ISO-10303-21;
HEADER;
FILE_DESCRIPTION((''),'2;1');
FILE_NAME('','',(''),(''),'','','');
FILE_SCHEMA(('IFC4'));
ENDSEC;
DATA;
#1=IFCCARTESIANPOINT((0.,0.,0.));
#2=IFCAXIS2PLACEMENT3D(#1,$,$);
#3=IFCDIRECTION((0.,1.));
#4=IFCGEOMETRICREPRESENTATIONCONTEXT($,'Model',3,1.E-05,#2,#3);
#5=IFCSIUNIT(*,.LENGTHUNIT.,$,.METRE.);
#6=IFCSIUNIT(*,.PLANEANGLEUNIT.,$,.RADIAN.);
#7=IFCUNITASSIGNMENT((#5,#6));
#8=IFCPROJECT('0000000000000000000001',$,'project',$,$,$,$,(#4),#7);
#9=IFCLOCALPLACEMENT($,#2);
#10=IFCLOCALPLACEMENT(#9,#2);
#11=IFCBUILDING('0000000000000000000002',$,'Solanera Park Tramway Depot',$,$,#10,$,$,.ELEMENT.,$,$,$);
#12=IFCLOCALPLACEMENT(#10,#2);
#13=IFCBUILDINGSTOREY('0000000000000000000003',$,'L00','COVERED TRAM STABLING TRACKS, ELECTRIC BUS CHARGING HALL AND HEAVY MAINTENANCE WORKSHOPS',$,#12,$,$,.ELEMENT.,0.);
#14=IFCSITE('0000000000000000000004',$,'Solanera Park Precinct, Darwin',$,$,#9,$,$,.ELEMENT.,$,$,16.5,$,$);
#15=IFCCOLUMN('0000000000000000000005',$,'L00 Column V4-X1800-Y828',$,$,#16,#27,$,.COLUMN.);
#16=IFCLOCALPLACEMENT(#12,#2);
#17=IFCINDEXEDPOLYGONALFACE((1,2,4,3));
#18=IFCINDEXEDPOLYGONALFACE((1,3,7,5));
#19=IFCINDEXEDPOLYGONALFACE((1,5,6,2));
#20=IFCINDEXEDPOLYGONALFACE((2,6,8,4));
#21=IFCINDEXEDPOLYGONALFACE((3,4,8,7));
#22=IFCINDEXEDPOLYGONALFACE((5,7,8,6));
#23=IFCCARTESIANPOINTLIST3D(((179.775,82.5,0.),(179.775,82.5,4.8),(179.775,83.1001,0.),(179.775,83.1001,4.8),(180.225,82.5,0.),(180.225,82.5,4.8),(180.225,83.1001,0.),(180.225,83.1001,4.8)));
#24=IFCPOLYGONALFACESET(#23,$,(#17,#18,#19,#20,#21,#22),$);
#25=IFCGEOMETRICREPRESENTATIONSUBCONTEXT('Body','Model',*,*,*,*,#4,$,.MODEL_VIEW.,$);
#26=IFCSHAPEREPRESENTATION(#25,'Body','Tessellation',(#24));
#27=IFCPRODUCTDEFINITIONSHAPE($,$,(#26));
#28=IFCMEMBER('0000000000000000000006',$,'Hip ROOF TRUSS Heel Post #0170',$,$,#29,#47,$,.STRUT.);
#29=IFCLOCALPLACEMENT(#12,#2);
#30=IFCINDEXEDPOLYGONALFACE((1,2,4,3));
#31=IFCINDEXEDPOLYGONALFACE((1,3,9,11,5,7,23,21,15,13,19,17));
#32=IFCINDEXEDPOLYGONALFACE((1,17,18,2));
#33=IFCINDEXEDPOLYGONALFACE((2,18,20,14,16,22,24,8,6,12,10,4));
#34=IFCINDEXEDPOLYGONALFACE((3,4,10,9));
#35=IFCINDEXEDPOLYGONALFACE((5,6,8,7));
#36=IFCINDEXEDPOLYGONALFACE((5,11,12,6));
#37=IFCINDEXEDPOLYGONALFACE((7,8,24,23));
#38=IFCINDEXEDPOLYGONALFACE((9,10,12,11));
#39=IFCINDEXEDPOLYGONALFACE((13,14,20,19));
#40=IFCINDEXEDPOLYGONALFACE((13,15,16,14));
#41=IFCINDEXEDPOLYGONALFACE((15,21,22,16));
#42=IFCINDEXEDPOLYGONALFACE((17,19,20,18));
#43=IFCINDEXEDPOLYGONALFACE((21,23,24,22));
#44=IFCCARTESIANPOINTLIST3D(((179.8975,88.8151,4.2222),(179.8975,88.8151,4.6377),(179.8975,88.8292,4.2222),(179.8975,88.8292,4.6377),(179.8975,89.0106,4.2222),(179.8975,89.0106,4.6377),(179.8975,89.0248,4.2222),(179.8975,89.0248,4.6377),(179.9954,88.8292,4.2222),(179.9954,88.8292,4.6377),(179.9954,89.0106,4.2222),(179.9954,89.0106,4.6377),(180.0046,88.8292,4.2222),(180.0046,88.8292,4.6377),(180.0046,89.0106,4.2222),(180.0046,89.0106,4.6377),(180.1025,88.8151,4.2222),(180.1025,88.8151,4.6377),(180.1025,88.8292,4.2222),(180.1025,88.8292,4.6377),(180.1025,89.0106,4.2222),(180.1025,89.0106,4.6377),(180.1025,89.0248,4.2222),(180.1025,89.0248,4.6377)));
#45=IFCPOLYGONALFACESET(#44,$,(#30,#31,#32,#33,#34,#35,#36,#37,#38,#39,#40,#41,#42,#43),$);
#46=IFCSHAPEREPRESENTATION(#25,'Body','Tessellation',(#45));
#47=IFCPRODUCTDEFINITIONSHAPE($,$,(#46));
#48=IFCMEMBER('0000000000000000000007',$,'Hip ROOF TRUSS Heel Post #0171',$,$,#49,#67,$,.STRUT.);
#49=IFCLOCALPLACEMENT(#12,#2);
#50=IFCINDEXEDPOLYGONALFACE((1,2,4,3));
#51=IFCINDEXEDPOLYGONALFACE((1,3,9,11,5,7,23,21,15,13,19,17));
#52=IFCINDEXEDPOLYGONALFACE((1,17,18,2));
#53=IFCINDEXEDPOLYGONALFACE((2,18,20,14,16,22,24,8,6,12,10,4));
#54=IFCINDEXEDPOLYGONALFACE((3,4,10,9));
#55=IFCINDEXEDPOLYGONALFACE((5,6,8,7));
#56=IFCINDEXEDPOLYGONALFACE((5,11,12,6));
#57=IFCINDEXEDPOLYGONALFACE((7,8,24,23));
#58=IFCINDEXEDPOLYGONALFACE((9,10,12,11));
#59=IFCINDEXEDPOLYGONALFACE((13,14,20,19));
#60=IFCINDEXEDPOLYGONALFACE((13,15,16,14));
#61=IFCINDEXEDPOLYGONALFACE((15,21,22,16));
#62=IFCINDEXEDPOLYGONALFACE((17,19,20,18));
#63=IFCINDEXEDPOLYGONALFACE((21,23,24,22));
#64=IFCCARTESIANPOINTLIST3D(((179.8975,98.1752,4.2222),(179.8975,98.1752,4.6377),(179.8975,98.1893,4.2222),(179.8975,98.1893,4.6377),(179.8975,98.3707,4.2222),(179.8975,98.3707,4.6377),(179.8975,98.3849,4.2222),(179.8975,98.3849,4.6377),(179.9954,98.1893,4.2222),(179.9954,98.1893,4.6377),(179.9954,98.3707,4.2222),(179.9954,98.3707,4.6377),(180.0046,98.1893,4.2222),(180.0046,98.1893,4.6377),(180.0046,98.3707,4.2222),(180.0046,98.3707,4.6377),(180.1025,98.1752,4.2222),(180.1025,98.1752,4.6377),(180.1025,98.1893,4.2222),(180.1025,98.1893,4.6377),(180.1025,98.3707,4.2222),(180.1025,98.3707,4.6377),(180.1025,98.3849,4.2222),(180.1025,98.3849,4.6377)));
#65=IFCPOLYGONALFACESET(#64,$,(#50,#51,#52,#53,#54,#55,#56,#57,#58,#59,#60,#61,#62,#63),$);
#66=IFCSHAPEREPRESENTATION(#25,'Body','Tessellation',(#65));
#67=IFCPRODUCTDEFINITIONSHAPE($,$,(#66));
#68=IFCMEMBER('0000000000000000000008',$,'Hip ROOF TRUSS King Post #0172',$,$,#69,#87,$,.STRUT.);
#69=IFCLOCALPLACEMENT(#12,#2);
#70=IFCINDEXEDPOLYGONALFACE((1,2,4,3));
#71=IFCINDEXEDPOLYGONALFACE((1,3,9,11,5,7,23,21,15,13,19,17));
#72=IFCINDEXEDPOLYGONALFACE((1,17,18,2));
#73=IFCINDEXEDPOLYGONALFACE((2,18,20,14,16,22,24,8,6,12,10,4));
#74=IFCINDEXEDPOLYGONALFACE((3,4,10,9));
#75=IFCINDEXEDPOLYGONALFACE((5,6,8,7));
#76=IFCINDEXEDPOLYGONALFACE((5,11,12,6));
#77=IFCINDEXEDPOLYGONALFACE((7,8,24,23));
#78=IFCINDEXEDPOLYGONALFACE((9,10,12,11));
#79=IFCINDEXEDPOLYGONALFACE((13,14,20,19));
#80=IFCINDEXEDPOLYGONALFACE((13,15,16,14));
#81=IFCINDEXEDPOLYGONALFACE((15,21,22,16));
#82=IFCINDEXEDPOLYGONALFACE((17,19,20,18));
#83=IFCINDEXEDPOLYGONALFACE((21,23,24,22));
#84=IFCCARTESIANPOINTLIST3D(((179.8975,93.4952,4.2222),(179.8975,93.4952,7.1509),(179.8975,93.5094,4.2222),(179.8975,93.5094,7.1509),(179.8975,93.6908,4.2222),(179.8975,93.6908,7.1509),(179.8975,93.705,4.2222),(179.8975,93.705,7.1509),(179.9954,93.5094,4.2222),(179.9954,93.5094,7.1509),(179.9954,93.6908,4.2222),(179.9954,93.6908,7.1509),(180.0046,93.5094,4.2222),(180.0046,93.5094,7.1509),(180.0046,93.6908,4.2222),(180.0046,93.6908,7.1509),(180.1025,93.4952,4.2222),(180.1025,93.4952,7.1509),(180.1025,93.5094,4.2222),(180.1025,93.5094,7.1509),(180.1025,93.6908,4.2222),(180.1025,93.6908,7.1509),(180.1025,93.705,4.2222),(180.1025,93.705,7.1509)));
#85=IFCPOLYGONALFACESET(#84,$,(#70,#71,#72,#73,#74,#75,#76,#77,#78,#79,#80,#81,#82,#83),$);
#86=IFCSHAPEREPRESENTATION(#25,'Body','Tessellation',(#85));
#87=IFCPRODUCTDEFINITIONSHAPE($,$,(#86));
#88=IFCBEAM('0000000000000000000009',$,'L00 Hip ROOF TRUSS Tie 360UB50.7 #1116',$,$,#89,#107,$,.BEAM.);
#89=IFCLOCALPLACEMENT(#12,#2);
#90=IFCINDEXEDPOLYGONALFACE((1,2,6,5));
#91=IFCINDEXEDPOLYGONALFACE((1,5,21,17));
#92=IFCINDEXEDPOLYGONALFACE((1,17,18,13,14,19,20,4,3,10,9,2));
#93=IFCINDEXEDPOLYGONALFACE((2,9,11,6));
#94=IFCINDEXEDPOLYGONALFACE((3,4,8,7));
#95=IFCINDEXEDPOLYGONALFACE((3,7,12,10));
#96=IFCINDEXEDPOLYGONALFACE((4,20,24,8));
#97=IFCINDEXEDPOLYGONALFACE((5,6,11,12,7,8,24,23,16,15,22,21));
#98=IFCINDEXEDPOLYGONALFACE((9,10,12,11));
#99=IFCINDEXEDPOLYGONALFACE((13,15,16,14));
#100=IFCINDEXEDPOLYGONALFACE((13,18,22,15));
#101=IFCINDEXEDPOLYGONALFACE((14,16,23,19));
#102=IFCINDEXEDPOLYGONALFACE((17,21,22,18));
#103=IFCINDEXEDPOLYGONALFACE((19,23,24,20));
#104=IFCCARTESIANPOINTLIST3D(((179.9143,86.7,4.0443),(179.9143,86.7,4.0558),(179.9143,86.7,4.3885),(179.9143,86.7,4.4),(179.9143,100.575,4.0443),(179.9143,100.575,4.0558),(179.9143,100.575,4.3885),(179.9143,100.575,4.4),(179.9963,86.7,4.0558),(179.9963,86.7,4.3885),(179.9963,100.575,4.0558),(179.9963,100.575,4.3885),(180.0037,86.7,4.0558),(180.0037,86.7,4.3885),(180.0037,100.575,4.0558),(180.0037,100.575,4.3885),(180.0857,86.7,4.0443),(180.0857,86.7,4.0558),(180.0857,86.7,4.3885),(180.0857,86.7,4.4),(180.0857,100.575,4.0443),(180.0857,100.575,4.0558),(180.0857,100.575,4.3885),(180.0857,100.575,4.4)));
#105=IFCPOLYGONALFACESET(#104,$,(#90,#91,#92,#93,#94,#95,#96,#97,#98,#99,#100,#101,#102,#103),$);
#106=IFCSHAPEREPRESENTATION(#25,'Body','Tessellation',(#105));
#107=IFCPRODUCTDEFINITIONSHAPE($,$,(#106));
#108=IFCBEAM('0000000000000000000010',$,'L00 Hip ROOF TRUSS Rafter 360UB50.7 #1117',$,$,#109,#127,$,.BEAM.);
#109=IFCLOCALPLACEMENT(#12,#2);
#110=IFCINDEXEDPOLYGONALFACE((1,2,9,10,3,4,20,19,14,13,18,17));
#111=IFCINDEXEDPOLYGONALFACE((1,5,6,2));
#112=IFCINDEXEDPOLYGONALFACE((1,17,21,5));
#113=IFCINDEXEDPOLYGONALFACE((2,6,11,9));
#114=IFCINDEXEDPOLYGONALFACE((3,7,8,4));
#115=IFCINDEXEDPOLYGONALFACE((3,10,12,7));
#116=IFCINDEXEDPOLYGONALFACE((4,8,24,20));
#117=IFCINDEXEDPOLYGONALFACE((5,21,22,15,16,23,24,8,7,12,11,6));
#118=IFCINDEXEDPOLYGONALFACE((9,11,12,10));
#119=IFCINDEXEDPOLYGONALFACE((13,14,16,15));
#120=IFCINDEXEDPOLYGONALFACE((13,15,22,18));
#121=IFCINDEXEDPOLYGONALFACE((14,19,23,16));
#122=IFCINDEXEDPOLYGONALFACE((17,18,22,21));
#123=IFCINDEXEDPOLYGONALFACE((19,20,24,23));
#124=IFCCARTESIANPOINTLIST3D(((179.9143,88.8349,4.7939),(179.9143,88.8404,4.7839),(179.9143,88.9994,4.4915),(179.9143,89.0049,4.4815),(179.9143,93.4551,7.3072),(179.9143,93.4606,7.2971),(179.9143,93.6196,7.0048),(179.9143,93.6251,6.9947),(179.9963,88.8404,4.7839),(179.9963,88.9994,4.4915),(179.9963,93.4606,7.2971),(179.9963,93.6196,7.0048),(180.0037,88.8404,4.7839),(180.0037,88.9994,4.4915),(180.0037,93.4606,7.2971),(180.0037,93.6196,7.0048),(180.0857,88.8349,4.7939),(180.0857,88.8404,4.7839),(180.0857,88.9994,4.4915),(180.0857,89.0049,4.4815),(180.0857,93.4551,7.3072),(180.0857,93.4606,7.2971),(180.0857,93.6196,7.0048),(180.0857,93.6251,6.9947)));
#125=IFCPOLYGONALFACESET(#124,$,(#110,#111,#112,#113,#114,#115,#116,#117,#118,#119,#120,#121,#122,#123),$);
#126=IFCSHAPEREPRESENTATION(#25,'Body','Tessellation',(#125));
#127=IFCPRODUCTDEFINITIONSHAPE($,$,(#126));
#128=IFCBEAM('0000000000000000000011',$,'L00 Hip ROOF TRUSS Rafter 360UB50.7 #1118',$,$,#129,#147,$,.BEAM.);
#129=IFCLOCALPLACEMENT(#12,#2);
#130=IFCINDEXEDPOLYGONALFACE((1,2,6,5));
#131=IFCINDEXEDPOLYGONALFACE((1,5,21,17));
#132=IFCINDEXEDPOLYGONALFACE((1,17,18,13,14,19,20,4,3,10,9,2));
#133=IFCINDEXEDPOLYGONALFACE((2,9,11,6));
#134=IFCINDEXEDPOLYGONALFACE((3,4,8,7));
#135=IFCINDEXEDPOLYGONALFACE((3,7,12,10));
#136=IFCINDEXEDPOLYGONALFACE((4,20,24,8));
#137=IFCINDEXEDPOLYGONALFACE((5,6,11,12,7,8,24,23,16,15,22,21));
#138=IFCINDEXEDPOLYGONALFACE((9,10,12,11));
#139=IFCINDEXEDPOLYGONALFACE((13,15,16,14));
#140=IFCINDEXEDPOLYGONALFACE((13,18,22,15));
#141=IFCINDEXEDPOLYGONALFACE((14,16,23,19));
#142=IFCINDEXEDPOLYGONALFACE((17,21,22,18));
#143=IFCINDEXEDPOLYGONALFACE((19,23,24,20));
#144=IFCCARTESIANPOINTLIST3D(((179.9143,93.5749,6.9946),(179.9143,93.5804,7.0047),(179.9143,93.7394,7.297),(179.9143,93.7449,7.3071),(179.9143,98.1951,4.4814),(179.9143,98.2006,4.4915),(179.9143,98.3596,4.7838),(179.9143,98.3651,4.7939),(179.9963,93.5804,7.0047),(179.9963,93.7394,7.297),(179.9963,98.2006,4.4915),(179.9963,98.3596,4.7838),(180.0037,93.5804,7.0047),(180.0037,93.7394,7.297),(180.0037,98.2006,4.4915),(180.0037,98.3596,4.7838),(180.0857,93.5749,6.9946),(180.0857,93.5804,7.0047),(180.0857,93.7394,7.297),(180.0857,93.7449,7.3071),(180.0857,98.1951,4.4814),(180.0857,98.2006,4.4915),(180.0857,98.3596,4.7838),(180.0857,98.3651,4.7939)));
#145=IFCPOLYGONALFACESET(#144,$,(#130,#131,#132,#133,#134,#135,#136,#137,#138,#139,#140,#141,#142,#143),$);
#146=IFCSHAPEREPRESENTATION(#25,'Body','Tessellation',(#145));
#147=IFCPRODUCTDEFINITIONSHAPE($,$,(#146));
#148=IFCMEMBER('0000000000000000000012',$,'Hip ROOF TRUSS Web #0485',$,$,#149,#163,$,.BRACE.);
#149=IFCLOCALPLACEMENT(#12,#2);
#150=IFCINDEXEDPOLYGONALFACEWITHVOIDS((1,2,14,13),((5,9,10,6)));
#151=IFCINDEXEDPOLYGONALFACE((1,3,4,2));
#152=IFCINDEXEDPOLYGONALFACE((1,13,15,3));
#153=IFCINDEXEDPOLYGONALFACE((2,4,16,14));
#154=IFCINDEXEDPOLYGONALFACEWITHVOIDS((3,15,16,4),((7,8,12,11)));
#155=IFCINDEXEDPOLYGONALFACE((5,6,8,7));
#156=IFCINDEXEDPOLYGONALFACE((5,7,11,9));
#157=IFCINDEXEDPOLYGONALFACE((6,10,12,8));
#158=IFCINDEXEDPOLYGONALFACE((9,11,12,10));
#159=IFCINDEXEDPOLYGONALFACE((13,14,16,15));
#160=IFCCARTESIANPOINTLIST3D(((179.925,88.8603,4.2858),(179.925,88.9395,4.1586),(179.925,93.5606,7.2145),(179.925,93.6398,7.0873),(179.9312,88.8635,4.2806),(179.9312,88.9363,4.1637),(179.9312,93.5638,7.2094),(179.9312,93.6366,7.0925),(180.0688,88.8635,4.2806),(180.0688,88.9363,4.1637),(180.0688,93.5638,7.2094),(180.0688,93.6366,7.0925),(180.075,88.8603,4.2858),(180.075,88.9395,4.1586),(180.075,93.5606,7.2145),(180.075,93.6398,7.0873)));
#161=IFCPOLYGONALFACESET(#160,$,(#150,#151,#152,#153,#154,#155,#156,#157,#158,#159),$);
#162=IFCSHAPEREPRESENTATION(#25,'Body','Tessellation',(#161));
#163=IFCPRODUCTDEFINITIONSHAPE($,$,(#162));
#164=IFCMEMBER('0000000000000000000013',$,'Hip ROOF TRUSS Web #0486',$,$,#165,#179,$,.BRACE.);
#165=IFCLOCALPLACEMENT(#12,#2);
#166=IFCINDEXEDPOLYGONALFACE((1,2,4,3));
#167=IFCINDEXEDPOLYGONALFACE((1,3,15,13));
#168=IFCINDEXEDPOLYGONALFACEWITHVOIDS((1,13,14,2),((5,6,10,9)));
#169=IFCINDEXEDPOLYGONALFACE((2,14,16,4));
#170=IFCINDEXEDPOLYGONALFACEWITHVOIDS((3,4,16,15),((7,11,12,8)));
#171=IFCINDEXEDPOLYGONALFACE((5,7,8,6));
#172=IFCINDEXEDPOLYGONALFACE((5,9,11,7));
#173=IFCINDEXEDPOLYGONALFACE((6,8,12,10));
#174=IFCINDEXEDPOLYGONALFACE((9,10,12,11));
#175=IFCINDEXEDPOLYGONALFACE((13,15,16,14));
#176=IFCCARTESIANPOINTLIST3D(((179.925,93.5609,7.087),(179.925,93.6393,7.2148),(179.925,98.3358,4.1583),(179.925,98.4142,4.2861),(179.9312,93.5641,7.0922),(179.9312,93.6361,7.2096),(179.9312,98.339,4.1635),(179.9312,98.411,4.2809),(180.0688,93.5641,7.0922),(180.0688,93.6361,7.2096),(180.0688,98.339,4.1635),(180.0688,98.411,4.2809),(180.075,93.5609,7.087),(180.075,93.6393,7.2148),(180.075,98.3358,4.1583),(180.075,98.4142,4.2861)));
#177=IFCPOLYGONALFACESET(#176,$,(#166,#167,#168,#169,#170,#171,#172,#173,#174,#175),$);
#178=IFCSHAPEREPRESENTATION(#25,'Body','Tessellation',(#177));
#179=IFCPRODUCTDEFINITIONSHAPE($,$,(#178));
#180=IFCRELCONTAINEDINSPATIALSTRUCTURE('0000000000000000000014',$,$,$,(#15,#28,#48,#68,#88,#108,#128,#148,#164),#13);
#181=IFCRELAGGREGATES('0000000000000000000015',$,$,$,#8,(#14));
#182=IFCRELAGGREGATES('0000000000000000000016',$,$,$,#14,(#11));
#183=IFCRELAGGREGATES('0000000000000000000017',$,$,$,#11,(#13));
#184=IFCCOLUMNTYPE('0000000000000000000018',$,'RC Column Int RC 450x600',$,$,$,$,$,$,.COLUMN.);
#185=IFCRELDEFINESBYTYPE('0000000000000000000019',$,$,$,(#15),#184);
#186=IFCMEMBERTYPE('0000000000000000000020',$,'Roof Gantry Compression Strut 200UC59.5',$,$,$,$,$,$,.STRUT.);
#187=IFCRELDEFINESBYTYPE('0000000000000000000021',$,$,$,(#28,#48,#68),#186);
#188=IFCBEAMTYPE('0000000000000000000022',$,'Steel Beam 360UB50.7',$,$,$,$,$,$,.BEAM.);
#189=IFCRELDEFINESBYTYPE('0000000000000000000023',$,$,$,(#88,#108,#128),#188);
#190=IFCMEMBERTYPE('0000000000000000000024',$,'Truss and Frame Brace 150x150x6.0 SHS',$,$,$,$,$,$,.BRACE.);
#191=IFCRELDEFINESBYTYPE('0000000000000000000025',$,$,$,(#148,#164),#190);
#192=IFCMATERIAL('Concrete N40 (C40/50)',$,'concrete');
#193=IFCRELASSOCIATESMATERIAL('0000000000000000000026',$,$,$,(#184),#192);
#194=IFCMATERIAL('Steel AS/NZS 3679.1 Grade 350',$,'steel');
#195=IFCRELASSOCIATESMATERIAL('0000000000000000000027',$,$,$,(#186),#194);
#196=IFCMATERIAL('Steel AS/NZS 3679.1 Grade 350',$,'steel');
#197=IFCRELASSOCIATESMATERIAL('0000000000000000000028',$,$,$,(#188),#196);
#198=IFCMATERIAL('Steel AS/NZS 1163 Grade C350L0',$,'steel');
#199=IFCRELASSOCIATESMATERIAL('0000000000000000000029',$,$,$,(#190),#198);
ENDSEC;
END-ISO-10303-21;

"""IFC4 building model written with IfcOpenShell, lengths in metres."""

from ifc_helpers import new_model, si_unit, direction, frame, origin, origin_2d, place, context, subcontext, project, spatial, rectangle, hollow_rectangle, i_section, extrude, material, material_profile, profile_set, type_object, element, save


model = new_model("IFC4")

# Units and contexts
model_context = context("Model", 3, precision=1e-05, world=origin(), true_north=direction((0.0, 1.0)))
body_context = subcontext(model_context, "Body", "Model", "MODEL_VIEW")
ifc_project = project(units=[si_unit("LENGTHUNIT", "METRE"), si_unit("PLANEANGLEUNIT", "RADIAN")], contexts=[model_context])

# Site, building, storey
site_placement = place(None, origin())
site = spatial("IfcSite", under=ifc_project, at=site_placement, Name="Solanera Park Precinct, Darwin", CompositionType="ELEMENT", RefElevation=16.5)
building_placement = place(site_placement, origin())
building = spatial("IfcBuilding", under=site, at=building_placement, Name="Solanera Park Tramway Depot", CompositionType="ELEMENT")
storey_placement = place(building_placement, origin())
storey = spatial("IfcBuildingStorey", under=building, at=storey_placement, Name="L00", Description="COVERED TRAM STABLING TRACKS, ELECTRIC BUS CHARGING HALL AND HEAVY MAINTENANCE WORKSHOPS", CompositionType="ELEMENT", Elevation=0.0)

# Column
ifc_material_1 = material(Name="Concrete N40 (C40/50)", Category="concrete")
ifc_material_profile_1 = material_profile(ifc_material_1, rectangle(XDim=0.45, YDim=0.6001, at=origin_2d()), Name="RC 450x600")
ifc_profile_set_1 = profile_set([ifc_material_profile_1], Name="Concrete N40 (C40/50)")
column_type_1 = type_object("IfcColumnType", Name="RC Column Int RC 450x600", PredefinedType="COLUMN", material=ifc_profile_set_1)
column_1_placement = place(storey_placement, frame((180.0, 82.8, 0.0), z_axis=(0.0, 0.0, 1.0), x_axis=(1.0, 0.0, 0.0)))
element("IfcColumn", 1, at=column_1_placement, inside=storey, type_object=column_type_1, Name="L00 Column V4-X1800-Y828", PredefinedType="COLUMN", context=body_context, shape_type="SweptSolid", body=[
    extrude(rectangle(XDim=0.45, YDim=0.6001, at=origin_2d()), origin(), (0.0, 0.0, 1.0), 4.8),
])

# Members
ifc_material_2 = material(Name="Steel AS/NZS 3679.1 Grade 350", Category="steel")
ifc_material_profile_2 = material_profile(ifc_material_2, i_section(OverallWidth=0.2051, OverallDepth=0.2097, WebThickness=0.0093, FlangeThickness=0.0142, at=origin_2d()), Name="200UC59.5")
ifc_profile_set_2 = profile_set([ifc_material_profile_2], Name="Steel AS/NZS 3679.1 Grade 350")
member_type_1 = type_object("IfcMemberType", Name="Roof Gantry Compression Strut 200UC59.5", PredefinedType="STRUT", material=ifc_profile_set_2)
for number, where, z_axis, x_axis, name in (
    (2, (180.0, 88.9199, 4.2222), (0.0, 0.0, 1.0), (1.0, 0.0, 0.0), "Hip ROOF TRUSS Heel Post #0170"),
    (3, (180.0, 98.28, 4.2222), (0.0, 0.0, 1.0), (1.0, 0.0, 0.0), "Hip ROOF TRUSS Heel Post #0171"),
):
    element("IfcMember", number, at=place(storey_placement, frame(where, z_axis=z_axis, x_axis=x_axis)), inside=storey, type_object=member_type_1, Name=name, PredefinedType="STRUT", context=body_context, shape_type="SweptSolid", body=[
        extrude(i_section(OverallWidth=0.2051, OverallDepth=0.2097, WebThickness=0.0093, FlangeThickness=0.0142, at=origin_2d()), origin(), (0.0, 0.0, 1.0), 0.4155),
    ])
member_1_placement = place(storey_placement, frame((180.0, 93.6001, 4.2222), z_axis=(0.0, 0.0, 1.0), x_axis=(1.0, 0.0, 0.0)))
element("IfcMember", 4, at=member_1_placement, inside=storey, type_object=member_type_1, Name="Hip ROOF TRUSS King Post #0172", PredefinedType="STRUT", context=body_context, shape_type="SweptSolid", body=[
    extrude(i_section(OverallWidth=0.2051, OverallDepth=0.2097, WebThickness=0.0093, FlangeThickness=0.0142, at=origin_2d()), origin(), (0.0, 0.0, 1.0), 2.9287),
])

# Beams
ifc_material_3 = material(Name="Steel AS/NZS 3679.1 Grade 350", Category="steel")
ifc_material_profile_3 = material_profile(ifc_material_3, i_section(OverallWidth=0.1714, OverallDepth=0.3557, WebThickness=0.0073, FlangeThickness=0.0115, at=origin_2d()), Name="360UB50.7")
ifc_profile_set_3 = profile_set([ifc_material_profile_3], Name="Steel AS/NZS 3679.1 Grade 350")
beam_type = type_object("IfcBeamType", Name="Steel Beam 360UB50.7", PredefinedType="BEAM", material=ifc_profile_set_3)
beam_placement = place(storey_placement, frame((180.0, 86.7, 4.2222), z_axis=(0.0, 1.0, 0.0), x_axis=(-1.0, 0.0, 0.0)))
element("IfcBeam", 5, at=beam_placement, inside=storey, type_object=beam_type, Name="L00 Hip ROOF TRUSS Tie 360UB50.7 #1116", PredefinedType="BEAM", context=body_context, shape_type="SweptSolid", body=[
    extrude(i_section(OverallWidth=0.1714, OverallDepth=0.3557, WebThickness=0.0073, FlangeThickness=0.0115, at=origin_2d()), origin(), (0.0, 0.0, 1.0), 13.875),
])
for number, where, z_axis, x_axis, name in (
    (6, (180.0, 88.9199, 4.6377), (0.0, 0.878445, 0.477844), (-1.0, 0.0, 0.0), "L00 Hip ROOF TRUSS Rafter 360UB50.7 #1117"),
    (7, (180.0, 93.6599, 7.1509), (0.0, 0.878445, -0.477844), (-1.0, 0.0, 0.0), "L00 Hip ROOF TRUSS Rafter 360UB50.7 #1118"),
):
    element("IfcBeam", number, at=place(storey_placement, frame(where, z_axis=z_axis, x_axis=x_axis)), inside=storey, type_object=beam_type, Name=name, PredefinedType="BEAM", context=body_context, shape_type="SweptSolid", body=[
        extrude(i_section(OverallWidth=0.1714, OverallDepth=0.3557, WebThickness=0.0073, FlangeThickness=0.0115, at=origin_2d()), origin(), (0.0, 0.0, 1.0), 5.2595),
    ])

# Members
ifc_material_4 = material(Name="Steel AS/NZS 1163 Grade C350L0", Category="steel")
ifc_material_profile_4 = material_profile(ifc_material_4, hollow_rectangle(XDim=0.1499, YDim=0.1499, WallThickness=0.0061, at=origin_2d()), Name="150x150x6.0 SHS")
ifc_profile_set_4 = profile_set([ifc_material_profile_4], Name="Steel AS/NZS 1163 Grade C350L0")
member_type_2 = type_object("IfcMemberType", Name="Truss and Frame Brace 150x150x6.0 SHS", PredefinedType="BRACE", material=ifc_profile_set_4)
member_2_placement = place(storey_placement, frame((180.0, 88.8999, 4.2222), z_axis=(0.0, 0.848721, 0.528841), x_axis=(-1.0, 0.0, 0.0)))
element("IfcMember", 8, at=member_2_placement, inside=storey, type_object=member_type_2, Name="Hip ROOF TRUSS Web #0485", PredefinedType="BRACE", context=body_context, shape_type="SweptSolid", body=[
    extrude(hollow_rectangle(XDim=0.1499, YDim=0.1499, WallThickness=0.0061, at=origin_2d()), origin(), (0.0, 0.0, 1.0), 5.5381),
])
member_3_placement = place(storey_placement, frame((180.0, 98.375, 4.2222), z_axis=(0.0, -0.85243, 0.522842), x_axis=(1.0, 0.0, 0.0)))
element("IfcMember", 9, at=member_3_placement, inside=storey, type_object=member_type_2, Name="Hip ROOF TRUSS Web #0486", PredefinedType="BRACE", context=body_context, shape_type="SweptSolid", body=[
    extrude(hollow_rectangle(XDim=0.1499, YDim=0.1499, WallThickness=0.0061, at=origin_2d()), origin(), (0.0, 0.0, 1.0), 5.6016),
])

save(model, "model.ifc")
